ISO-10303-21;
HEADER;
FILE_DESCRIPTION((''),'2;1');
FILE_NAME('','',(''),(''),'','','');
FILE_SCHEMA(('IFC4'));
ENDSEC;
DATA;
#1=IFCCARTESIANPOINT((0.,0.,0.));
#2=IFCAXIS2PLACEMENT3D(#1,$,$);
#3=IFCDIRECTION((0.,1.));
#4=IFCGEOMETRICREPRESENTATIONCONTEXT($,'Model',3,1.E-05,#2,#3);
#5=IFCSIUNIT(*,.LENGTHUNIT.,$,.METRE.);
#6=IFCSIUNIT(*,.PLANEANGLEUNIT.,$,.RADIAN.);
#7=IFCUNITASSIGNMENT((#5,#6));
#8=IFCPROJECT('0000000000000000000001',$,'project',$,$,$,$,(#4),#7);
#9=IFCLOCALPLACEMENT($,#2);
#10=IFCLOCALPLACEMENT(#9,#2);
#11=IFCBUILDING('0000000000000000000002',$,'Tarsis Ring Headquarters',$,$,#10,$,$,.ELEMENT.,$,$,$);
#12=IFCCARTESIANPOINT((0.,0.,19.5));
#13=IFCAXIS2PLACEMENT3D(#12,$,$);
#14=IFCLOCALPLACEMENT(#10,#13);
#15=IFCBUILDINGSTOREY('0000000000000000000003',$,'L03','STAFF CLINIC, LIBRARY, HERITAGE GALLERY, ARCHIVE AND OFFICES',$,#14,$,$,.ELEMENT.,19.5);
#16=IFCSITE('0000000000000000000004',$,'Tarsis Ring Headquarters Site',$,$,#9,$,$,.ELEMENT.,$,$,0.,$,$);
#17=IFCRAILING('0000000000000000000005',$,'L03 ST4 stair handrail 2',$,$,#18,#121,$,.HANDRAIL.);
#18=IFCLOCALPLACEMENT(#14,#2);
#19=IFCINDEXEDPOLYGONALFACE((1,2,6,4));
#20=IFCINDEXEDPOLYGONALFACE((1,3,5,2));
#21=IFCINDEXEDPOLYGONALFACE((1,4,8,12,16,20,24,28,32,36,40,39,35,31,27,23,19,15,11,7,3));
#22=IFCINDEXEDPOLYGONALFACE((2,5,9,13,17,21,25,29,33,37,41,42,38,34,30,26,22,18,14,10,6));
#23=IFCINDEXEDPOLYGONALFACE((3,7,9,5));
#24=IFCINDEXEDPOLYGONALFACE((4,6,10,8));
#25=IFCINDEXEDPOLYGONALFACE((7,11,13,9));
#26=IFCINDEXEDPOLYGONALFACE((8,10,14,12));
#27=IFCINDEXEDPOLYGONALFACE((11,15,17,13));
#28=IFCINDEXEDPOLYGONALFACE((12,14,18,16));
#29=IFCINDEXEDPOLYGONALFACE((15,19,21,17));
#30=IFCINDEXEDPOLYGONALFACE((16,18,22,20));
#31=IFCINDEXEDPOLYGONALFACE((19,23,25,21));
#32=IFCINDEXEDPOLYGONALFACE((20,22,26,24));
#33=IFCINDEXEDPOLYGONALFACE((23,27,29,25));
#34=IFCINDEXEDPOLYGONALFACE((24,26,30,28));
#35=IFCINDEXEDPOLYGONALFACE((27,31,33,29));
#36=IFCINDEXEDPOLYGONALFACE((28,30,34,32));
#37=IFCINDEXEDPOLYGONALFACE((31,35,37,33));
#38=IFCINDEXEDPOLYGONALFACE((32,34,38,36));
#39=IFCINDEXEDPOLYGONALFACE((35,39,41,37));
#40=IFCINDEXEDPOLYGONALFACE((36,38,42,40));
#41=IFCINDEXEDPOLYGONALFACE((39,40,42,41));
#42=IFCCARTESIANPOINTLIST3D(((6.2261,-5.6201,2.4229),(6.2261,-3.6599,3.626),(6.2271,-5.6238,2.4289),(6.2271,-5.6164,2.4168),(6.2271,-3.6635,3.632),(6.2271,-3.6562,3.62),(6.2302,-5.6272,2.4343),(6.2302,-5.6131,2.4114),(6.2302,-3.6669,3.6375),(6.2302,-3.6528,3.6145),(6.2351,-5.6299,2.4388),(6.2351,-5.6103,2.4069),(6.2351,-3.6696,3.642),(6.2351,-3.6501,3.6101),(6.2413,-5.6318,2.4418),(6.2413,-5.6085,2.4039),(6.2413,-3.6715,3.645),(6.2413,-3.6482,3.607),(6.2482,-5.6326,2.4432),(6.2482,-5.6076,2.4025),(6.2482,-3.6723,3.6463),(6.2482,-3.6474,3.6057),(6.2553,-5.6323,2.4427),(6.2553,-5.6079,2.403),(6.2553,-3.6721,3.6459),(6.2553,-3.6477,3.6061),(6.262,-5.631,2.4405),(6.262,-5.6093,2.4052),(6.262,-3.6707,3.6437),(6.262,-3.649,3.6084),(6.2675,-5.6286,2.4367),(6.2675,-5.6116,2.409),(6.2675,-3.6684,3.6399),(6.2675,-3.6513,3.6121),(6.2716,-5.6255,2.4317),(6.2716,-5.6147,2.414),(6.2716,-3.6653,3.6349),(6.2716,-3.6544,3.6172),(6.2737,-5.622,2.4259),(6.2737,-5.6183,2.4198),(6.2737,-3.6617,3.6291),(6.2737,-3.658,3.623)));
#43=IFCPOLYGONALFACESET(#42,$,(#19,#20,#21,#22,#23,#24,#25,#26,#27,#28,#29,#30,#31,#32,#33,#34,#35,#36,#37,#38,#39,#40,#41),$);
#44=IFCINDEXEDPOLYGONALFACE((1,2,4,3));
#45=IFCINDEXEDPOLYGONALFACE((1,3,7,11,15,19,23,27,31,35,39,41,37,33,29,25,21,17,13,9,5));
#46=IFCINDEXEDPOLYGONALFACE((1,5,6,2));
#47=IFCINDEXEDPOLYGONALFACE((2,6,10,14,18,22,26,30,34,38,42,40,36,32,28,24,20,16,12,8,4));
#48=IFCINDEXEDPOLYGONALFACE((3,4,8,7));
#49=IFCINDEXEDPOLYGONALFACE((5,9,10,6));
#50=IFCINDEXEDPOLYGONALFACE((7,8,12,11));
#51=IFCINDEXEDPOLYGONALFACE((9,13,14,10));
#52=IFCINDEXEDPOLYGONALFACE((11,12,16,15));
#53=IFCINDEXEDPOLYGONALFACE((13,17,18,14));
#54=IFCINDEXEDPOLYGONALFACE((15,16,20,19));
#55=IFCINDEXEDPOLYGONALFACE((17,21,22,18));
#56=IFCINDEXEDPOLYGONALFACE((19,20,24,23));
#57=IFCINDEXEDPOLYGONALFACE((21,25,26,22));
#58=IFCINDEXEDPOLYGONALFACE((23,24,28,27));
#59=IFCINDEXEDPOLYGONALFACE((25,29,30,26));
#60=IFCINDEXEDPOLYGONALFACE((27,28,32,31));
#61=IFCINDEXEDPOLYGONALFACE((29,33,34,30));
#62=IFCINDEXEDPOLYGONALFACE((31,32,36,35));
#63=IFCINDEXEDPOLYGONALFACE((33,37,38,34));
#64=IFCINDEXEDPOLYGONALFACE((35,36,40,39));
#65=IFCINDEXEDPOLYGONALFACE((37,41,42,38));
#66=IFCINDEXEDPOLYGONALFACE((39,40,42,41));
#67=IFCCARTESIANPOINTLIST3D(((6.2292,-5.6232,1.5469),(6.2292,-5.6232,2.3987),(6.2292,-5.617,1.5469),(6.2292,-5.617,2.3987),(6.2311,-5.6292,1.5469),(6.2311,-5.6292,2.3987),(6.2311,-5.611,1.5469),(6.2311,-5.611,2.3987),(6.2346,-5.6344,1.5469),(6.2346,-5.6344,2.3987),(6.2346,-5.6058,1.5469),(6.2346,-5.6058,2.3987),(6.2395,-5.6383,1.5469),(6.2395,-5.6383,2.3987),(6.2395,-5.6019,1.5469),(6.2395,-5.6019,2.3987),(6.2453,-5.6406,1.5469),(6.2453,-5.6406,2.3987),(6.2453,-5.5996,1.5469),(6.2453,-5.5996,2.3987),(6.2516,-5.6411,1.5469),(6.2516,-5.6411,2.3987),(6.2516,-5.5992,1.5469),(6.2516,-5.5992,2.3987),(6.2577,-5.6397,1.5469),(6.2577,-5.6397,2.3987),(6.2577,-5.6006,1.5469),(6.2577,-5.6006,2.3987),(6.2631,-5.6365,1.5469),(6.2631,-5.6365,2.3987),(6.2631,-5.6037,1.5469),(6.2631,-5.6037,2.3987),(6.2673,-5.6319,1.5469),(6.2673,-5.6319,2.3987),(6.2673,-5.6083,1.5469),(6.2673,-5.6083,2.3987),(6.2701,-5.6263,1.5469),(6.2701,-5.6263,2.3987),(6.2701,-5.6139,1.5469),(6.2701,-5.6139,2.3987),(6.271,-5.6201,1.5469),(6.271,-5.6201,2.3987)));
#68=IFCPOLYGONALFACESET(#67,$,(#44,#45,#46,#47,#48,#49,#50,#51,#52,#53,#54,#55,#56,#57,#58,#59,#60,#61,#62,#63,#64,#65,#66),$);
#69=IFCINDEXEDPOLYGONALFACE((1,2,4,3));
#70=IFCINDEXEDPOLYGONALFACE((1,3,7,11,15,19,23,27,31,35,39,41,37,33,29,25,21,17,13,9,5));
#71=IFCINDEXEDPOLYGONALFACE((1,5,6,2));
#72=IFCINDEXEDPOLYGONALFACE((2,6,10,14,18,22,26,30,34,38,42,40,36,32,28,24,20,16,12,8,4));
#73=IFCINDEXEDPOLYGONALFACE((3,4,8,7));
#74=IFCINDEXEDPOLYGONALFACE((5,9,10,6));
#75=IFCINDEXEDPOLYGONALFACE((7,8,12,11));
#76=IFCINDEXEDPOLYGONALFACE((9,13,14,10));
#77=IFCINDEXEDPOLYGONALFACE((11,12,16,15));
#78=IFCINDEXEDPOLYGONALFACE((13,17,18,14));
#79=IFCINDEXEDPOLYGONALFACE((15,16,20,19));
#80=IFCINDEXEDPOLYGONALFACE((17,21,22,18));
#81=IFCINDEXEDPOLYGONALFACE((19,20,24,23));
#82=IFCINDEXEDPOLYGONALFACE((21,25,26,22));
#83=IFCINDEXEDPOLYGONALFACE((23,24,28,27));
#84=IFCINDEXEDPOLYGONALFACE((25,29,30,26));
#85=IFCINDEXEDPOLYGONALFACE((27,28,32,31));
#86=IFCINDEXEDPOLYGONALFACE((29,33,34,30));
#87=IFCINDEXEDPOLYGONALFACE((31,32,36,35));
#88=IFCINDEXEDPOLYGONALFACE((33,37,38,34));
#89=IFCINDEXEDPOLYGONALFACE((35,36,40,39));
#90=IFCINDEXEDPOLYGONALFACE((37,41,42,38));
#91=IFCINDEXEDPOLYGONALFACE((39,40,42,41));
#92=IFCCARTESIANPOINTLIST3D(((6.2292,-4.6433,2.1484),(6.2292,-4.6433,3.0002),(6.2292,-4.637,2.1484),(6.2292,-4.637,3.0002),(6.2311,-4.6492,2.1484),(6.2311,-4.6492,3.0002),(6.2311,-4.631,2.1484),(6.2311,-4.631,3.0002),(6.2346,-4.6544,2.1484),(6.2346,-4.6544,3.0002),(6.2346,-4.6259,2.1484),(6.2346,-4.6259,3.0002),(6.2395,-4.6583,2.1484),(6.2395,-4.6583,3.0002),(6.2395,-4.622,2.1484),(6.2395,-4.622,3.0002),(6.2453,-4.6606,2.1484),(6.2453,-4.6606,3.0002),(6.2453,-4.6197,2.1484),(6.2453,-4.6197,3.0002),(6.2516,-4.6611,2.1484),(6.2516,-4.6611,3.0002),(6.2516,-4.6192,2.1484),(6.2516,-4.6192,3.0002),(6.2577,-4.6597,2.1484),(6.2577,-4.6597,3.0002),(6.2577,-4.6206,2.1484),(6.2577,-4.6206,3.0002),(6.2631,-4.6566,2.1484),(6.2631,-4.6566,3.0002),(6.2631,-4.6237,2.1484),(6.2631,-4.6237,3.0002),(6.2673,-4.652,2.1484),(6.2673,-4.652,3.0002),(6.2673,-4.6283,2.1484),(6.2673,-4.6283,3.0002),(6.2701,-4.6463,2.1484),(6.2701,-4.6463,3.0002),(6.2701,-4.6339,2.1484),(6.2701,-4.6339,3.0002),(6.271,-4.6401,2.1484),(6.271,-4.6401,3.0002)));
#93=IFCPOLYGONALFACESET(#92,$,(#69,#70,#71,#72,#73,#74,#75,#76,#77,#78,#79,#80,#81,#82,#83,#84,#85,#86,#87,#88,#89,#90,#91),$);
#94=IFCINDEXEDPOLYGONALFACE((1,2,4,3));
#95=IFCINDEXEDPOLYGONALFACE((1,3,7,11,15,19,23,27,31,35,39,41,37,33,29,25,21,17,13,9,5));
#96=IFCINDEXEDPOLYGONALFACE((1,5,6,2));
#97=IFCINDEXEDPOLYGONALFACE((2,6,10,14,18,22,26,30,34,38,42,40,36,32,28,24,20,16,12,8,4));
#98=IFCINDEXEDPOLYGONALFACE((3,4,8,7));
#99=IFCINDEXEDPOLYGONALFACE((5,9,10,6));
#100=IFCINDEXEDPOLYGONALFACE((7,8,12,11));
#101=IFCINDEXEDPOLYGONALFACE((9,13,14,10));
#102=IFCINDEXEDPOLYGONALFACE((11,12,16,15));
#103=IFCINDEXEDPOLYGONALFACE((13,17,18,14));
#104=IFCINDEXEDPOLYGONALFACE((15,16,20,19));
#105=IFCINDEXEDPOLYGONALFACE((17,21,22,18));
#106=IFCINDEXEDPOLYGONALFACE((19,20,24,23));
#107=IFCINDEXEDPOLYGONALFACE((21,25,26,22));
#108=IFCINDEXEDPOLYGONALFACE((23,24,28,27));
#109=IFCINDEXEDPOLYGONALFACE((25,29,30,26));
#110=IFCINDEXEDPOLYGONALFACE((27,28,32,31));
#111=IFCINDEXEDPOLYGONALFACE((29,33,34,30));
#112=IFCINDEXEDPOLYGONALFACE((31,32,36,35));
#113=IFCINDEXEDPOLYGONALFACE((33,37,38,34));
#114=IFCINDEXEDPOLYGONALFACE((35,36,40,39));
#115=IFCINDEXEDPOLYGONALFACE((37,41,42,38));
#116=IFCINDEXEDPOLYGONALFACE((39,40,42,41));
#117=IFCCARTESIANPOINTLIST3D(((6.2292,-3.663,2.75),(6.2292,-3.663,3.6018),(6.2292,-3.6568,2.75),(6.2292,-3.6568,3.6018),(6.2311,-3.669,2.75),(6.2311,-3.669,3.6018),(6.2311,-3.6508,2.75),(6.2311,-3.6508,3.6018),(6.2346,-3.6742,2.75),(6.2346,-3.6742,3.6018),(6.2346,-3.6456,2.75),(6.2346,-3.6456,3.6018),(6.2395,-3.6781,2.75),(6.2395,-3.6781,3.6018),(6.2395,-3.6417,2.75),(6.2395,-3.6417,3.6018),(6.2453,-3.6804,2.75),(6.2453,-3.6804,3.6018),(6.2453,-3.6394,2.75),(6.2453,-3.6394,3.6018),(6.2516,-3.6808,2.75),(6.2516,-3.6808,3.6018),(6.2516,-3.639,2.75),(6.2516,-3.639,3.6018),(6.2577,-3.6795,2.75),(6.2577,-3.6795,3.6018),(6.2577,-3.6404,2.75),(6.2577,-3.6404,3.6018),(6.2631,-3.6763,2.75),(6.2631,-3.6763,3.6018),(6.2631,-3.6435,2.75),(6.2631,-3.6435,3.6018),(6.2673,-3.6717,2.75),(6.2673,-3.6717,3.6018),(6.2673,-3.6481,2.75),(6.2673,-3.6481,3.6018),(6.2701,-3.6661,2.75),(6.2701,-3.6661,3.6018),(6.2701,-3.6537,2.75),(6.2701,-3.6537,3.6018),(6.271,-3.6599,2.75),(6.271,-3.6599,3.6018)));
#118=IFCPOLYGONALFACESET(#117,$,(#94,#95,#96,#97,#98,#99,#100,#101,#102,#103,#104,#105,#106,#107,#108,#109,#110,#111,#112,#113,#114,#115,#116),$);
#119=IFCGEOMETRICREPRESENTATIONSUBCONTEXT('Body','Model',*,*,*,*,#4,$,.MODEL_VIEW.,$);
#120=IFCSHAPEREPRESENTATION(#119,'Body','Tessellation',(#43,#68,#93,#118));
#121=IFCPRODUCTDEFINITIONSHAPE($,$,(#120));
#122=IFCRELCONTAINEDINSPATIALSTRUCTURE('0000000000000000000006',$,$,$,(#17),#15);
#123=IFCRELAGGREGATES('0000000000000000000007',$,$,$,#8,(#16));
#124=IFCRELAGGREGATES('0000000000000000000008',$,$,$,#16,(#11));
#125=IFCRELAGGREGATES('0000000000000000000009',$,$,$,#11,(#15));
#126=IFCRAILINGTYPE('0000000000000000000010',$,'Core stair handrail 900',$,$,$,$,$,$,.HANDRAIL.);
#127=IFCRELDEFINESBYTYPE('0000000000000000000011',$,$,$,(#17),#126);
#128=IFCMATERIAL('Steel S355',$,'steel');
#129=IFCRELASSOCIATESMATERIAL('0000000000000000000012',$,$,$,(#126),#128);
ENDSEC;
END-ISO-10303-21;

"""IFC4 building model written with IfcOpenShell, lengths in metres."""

from ifc_helpers import new_model, si_unit, direction, frame, origin, origin_2d, place, context, subcontext, project, spatial, circle, extrude, material, type_object, element, save


model = new_model("IFC4")

# Units and contexts
model_context = context("Model", 3, precision=1e-05, world=origin(), true_north=direction((0.0, 1.0)))
body_context = subcontext(model_context, "Body", "Model", "MODEL_VIEW")
ifc_project = project(units=[si_unit("LENGTHUNIT", "METRE"), si_unit("PLANEANGLEUNIT", "RADIAN")], contexts=[model_context])

# Site, building, storey
site_placement = place(None, origin())
site = spatial("IfcSite", under=ifc_project, at=site_placement, Name="Tarsis Ring Headquarters Site", CompositionType="ELEMENT", RefElevation=0.0)
building_placement = place(site_placement, origin())
building = spatial("IfcBuilding", under=site, at=building_placement, Name="Tarsis Ring Headquarters", CompositionType="ELEMENT")
storey_placement = place(building_placement, frame((0.0, 0.0, 19.5)))
storey = spatial("IfcBuildingStorey", under=building, at=storey_placement, Name="L03", Description="STAFF CLINIC, LIBRARY, HERITAGE GALLERY, ARCHIVE AND OFFICES", CompositionType="ELEMENT", Elevation=19.5)

# Railing
ifc_material_1 = material(Name="Steel S355", Category="steel")
railing_type_1 = type_object("IfcRailingType", Name="Core stair handrail 900", PredefinedType="HANDRAIL", material=ifc_material_1)
railing_1_placement = place(storey_placement, frame((6.25, -5.6201, 1.5469)))
element("IfcRailing", 1, at=railing_1_placement, inside=storey, type_object=railing_type_1, Name="L03 ST4 stair handrail 2", PredefinedType="HANDRAIL", context=body_context, shape_type="SweptSolid", body=[
    extrude(circle(Radius=0.0239, at=origin_2d()), frame((0.0, 0.0, 0.876), z_axis=(0.0, 0.85227, 0.523102), x_axis=(-1.0, 0.0, 0.0)), (0.0, 0.0, 1.0), 2.3),
    extrude(circle(Radius=0.021, at=origin_2d()), origin(), (0.0, 0.0, 1.0), 0.8518),
    extrude(circle(Radius=0.021, at=origin_2d()), frame((0.0, 0.98, 0.6016)), (0.0, 0.0, 1.0), 0.8518),
    extrude(circle(Radius=0.021, at=origin_2d()), frame((0.0, 1.9602, 1.2031)), (0.0, 0.0, 1.0), 0.8518),
])

save(model, "model.ifc")
